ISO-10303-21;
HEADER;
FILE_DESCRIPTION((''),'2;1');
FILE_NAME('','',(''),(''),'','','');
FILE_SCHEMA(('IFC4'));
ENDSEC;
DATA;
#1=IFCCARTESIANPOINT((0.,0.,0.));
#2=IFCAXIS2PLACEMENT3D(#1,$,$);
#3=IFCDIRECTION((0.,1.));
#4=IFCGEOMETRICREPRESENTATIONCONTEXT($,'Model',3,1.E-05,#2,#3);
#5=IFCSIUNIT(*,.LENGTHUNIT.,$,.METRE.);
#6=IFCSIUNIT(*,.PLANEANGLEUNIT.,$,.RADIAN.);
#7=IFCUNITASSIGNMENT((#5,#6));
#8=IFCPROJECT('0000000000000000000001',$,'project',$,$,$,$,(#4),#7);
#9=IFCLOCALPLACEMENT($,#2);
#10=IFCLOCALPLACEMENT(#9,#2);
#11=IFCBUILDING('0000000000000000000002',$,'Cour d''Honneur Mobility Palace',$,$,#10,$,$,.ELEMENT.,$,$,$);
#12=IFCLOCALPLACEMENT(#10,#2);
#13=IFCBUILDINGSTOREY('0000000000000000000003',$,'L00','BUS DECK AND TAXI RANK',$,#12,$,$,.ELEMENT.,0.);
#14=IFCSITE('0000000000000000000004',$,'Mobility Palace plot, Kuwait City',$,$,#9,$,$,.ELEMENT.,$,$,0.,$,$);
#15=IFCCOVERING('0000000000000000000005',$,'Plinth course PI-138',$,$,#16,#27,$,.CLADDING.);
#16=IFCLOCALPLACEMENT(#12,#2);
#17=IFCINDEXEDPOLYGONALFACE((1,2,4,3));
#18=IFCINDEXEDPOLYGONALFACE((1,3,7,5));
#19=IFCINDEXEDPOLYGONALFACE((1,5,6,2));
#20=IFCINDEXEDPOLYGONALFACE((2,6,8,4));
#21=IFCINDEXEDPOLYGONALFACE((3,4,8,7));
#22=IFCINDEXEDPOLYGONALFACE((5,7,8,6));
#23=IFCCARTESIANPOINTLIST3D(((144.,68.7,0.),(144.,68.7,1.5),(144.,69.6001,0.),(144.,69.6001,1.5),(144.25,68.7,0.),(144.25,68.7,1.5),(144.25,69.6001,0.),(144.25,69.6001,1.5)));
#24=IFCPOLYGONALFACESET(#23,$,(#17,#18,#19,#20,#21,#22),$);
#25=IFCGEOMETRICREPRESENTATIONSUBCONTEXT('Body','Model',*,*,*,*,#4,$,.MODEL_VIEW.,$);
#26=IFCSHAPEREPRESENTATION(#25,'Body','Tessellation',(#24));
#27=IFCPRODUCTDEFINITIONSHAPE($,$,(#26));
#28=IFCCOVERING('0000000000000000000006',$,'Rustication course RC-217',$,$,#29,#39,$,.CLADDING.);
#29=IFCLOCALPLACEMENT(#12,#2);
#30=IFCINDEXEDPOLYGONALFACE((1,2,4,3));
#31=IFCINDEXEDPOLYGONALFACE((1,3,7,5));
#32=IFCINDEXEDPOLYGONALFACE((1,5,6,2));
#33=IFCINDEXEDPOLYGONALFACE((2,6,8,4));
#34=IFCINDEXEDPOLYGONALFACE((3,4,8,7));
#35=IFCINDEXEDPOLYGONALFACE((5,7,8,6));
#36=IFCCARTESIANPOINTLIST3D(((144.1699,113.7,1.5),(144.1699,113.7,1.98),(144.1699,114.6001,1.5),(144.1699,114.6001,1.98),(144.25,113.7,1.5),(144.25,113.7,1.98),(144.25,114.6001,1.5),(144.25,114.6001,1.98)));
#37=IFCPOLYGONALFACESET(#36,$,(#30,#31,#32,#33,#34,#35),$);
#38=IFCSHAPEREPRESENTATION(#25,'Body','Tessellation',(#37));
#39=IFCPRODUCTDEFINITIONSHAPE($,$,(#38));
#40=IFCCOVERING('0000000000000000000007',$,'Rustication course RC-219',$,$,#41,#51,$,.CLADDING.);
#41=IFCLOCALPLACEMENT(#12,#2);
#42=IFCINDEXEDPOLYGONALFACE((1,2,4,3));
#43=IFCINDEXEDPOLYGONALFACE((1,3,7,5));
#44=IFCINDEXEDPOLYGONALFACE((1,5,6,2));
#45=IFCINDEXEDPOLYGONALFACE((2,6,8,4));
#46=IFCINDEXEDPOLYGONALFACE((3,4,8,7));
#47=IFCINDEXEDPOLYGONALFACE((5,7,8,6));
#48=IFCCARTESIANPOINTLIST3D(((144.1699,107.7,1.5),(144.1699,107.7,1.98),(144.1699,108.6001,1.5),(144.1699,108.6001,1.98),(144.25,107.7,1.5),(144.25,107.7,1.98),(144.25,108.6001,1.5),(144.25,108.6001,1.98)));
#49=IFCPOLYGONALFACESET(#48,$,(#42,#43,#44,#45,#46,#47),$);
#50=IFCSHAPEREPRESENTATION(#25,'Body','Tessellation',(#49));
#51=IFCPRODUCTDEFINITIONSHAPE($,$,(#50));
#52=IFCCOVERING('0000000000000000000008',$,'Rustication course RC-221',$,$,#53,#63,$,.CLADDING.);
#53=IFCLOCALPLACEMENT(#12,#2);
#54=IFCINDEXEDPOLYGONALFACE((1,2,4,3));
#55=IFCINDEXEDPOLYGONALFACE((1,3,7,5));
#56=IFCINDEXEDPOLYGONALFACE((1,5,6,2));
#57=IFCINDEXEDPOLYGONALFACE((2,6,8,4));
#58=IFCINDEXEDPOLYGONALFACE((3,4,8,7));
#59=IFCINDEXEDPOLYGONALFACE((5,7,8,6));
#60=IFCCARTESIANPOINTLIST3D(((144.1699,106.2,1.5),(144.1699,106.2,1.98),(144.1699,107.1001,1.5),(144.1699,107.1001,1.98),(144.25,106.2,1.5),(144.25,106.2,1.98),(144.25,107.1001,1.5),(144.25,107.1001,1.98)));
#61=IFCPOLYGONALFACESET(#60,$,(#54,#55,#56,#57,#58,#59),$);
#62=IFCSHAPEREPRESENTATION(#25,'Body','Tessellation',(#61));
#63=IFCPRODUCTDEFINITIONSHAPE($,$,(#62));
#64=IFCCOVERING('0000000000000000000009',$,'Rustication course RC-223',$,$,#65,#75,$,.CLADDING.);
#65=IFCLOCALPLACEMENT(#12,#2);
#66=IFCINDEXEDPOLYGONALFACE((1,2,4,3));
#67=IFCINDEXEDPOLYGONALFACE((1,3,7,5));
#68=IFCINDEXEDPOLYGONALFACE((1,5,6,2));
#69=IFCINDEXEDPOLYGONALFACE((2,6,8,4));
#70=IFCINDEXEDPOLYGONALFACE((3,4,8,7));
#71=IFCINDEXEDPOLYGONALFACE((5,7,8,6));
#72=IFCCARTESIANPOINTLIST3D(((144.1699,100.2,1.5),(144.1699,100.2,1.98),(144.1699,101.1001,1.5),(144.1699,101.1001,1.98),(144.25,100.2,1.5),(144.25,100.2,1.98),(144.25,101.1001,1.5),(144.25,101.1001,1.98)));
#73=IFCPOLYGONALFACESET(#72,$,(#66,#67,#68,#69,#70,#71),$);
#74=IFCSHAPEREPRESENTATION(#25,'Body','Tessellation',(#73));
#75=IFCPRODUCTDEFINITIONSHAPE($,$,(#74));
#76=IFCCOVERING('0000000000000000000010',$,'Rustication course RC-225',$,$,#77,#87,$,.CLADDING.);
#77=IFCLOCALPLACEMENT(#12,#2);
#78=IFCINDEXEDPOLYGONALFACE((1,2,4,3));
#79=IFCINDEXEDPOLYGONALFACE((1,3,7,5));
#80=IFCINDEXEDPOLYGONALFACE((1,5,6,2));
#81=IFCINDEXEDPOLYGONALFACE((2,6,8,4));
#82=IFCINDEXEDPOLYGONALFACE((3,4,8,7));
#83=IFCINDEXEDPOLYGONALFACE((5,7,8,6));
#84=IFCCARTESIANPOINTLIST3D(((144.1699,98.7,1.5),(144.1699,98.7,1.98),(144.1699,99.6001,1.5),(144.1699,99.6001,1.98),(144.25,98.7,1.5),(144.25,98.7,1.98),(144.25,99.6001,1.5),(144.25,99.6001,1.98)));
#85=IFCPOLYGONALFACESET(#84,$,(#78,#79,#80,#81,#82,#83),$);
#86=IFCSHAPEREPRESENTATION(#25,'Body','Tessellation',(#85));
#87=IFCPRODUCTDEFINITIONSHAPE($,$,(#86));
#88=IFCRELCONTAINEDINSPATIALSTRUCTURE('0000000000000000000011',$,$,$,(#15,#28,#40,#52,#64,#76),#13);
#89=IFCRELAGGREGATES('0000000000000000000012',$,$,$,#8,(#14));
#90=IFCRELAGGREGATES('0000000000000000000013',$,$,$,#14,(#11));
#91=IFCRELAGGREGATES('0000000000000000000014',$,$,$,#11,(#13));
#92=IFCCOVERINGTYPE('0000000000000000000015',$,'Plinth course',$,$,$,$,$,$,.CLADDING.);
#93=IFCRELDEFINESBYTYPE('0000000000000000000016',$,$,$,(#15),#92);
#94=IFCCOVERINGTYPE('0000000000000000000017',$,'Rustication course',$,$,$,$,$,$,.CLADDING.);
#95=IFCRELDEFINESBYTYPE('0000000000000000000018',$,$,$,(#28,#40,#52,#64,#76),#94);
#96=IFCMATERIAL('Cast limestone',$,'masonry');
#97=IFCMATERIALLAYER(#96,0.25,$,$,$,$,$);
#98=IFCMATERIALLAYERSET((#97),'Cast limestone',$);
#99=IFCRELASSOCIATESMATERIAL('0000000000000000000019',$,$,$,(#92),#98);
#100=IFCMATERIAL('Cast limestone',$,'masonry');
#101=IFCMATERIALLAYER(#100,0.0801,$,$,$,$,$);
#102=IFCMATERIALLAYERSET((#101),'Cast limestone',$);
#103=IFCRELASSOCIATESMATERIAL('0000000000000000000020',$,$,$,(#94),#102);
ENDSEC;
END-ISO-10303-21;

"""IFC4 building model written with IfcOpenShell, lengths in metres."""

from ifc_helpers import new_model, si_unit, direction, frame, origin, place, context, subcontext, project, spatial, polyline, outline, extrude, material, layer, layer_set, type_object, element, save


model = new_model("IFC4")

# Units and contexts
model_context = context("Model", 3, precision=1e-05, world=origin(), true_north=direction((0.0, 1.0)))
body_context = subcontext(model_context, "Body", "Model", "MODEL_VIEW")
ifc_project = project(units=[si_unit("LENGTHUNIT", "METRE"), si_unit("PLANEANGLEUNIT", "RADIAN")], contexts=[model_context])

# Site, building, storey
site_placement = place(None, origin())
site = spatial("IfcSite", under=ifc_project, at=site_placement, Name="Mobility Palace plot, Kuwait City", CompositionType="ELEMENT", RefElevation=0.0)
building_placement = place(site_placement, origin())
building = spatial("IfcBuilding", under=site, at=building_placement, Name="Cour d'Honneur Mobility Palace", CompositionType="ELEMENT")
storey_placement = place(building_placement, origin())
storey = spatial("IfcBuildingStorey", under=building, at=storey_placement, Name="L00", Description="BUS DECK AND TAXI RANK", CompositionType="ELEMENT", Elevation=0.0)

# Coverings
ifc_material_1 = material(Name="Cast limestone", Category="masonry")
ifc_layer_1 = layer(ifc_material_1, 0.25)
ifc_layer_set_1 = layer_set([ifc_layer_1], Name="Cast limestone")
covering_type_1 = type_object("IfcCoveringType", Name="Plinth course", PredefinedType="CLADDING", material=ifc_layer_set_1)
covering_1_placement = place(storey_placement, origin())
element("IfcCovering", 1, at=covering_1_placement, inside=storey, type_object=covering_type_1, Name="Plinth course PI-138", PredefinedType="CLADDING", context=body_context, shape_type="SweptSolid", body=[
    extrude(outline(polyline([(144.25, 69.6001), (144.25, 68.7), (144.0, 68.7), (144.0, 69.6001), (144.25, 69.6001)])), origin(), (0.0, 0.0, 1.0), 1.5),
])
ifc_material_2 = material(Name="Cast limestone", Category="masonry")
ifc_layer_2 = layer(ifc_material_2, 0.0801)
ifc_layer_set_2 = layer_set([ifc_layer_2], Name="Cast limestone")
covering_type_2 = type_object("IfcCoveringType", Name="Rustication course", PredefinedType="CLADDING", material=ifc_layer_set_2)
covering_2_placement = place(storey_placement, frame((0.0, 0.0, 1.5)))
element("IfcCovering", 2, at=covering_2_placement, inside=storey, type_object=covering_type_2, Name="Rustication course RC-217", PredefinedType="CLADDING", context=body_context, shape_type="SweptSolid", body=[
    extrude(outline(polyline([(144.25, 114.6001), (144.25, 113.7), (144.1699, 113.7), (144.1699, 114.6001), (144.25, 114.6001)])), origin(), (0.0, 0.0, 1.0), 0.48),
])
covering_3_placement = place(storey_placement, frame((0.0, 0.0, 1.5)))
element("IfcCovering", 3, at=covering_3_placement, inside=storey, type_object=covering_type_2, Name="Rustication course RC-219", PredefinedType="CLADDING", context=body_context, shape_type="SweptSolid", body=[
    extrude(outline(polyline([(144.25, 108.6001), (144.25, 107.7), (144.1699, 107.7), (144.1699, 108.6001), (144.25, 108.6001)])), origin(), (0.0, 0.0, 1.0), 0.48),
])
covering_4_placement = place(storey_placement, frame((0.0, 0.0, 1.5)))
element("IfcCovering", 4, at=covering_4_placement, inside=storey, type_object=covering_type_2, Name="Rustication course RC-221", PredefinedType="CLADDING", context=body_context, shape_type="SweptSolid", body=[
    extrude(outline(polyline([(144.25, 107.1001), (144.25, 106.2), (144.1699, 106.2), (144.1699, 107.1001), (144.25, 107.1001)])), origin(), (0.0, 0.0, 1.0), 0.48),
])
covering_5_placement = place(storey_placement, frame((0.0, 0.0, 1.5)))
element("IfcCovering", 5, at=covering_5_placement, inside=storey, type_object=covering_type_2, Name="Rustication course RC-223", PredefinedType="CLADDING", context=body_context, shape_type="SweptSolid", body=[
    extrude(outline(polyline([(144.25, 101.1001), (144.25, 100.2), (144.1699, 100.2), (144.1699, 101.1001), (144.25, 101.1001)])), origin(), (0.0, 0.0, 1.0), 0.48),
])
covering_6_placement = place(storey_placement, frame((0.0, 0.0, 1.5)))
element("IfcCovering", 6, at=covering_6_placement, inside=storey, type_object=covering_type_2, Name="Rustication course RC-225", PredefinedType="CLADDING", context=body_context, shape_type="SweptSolid", body=[
    extrude(outline(polyline([(144.25, 99.6001), (144.25, 98.7), (144.1699, 98.7), (144.1699, 99.6001), (144.25, 99.6001)])), origin(), (0.0, 0.0, 1.0), 0.48),
])

save(model, "model.ifc")
